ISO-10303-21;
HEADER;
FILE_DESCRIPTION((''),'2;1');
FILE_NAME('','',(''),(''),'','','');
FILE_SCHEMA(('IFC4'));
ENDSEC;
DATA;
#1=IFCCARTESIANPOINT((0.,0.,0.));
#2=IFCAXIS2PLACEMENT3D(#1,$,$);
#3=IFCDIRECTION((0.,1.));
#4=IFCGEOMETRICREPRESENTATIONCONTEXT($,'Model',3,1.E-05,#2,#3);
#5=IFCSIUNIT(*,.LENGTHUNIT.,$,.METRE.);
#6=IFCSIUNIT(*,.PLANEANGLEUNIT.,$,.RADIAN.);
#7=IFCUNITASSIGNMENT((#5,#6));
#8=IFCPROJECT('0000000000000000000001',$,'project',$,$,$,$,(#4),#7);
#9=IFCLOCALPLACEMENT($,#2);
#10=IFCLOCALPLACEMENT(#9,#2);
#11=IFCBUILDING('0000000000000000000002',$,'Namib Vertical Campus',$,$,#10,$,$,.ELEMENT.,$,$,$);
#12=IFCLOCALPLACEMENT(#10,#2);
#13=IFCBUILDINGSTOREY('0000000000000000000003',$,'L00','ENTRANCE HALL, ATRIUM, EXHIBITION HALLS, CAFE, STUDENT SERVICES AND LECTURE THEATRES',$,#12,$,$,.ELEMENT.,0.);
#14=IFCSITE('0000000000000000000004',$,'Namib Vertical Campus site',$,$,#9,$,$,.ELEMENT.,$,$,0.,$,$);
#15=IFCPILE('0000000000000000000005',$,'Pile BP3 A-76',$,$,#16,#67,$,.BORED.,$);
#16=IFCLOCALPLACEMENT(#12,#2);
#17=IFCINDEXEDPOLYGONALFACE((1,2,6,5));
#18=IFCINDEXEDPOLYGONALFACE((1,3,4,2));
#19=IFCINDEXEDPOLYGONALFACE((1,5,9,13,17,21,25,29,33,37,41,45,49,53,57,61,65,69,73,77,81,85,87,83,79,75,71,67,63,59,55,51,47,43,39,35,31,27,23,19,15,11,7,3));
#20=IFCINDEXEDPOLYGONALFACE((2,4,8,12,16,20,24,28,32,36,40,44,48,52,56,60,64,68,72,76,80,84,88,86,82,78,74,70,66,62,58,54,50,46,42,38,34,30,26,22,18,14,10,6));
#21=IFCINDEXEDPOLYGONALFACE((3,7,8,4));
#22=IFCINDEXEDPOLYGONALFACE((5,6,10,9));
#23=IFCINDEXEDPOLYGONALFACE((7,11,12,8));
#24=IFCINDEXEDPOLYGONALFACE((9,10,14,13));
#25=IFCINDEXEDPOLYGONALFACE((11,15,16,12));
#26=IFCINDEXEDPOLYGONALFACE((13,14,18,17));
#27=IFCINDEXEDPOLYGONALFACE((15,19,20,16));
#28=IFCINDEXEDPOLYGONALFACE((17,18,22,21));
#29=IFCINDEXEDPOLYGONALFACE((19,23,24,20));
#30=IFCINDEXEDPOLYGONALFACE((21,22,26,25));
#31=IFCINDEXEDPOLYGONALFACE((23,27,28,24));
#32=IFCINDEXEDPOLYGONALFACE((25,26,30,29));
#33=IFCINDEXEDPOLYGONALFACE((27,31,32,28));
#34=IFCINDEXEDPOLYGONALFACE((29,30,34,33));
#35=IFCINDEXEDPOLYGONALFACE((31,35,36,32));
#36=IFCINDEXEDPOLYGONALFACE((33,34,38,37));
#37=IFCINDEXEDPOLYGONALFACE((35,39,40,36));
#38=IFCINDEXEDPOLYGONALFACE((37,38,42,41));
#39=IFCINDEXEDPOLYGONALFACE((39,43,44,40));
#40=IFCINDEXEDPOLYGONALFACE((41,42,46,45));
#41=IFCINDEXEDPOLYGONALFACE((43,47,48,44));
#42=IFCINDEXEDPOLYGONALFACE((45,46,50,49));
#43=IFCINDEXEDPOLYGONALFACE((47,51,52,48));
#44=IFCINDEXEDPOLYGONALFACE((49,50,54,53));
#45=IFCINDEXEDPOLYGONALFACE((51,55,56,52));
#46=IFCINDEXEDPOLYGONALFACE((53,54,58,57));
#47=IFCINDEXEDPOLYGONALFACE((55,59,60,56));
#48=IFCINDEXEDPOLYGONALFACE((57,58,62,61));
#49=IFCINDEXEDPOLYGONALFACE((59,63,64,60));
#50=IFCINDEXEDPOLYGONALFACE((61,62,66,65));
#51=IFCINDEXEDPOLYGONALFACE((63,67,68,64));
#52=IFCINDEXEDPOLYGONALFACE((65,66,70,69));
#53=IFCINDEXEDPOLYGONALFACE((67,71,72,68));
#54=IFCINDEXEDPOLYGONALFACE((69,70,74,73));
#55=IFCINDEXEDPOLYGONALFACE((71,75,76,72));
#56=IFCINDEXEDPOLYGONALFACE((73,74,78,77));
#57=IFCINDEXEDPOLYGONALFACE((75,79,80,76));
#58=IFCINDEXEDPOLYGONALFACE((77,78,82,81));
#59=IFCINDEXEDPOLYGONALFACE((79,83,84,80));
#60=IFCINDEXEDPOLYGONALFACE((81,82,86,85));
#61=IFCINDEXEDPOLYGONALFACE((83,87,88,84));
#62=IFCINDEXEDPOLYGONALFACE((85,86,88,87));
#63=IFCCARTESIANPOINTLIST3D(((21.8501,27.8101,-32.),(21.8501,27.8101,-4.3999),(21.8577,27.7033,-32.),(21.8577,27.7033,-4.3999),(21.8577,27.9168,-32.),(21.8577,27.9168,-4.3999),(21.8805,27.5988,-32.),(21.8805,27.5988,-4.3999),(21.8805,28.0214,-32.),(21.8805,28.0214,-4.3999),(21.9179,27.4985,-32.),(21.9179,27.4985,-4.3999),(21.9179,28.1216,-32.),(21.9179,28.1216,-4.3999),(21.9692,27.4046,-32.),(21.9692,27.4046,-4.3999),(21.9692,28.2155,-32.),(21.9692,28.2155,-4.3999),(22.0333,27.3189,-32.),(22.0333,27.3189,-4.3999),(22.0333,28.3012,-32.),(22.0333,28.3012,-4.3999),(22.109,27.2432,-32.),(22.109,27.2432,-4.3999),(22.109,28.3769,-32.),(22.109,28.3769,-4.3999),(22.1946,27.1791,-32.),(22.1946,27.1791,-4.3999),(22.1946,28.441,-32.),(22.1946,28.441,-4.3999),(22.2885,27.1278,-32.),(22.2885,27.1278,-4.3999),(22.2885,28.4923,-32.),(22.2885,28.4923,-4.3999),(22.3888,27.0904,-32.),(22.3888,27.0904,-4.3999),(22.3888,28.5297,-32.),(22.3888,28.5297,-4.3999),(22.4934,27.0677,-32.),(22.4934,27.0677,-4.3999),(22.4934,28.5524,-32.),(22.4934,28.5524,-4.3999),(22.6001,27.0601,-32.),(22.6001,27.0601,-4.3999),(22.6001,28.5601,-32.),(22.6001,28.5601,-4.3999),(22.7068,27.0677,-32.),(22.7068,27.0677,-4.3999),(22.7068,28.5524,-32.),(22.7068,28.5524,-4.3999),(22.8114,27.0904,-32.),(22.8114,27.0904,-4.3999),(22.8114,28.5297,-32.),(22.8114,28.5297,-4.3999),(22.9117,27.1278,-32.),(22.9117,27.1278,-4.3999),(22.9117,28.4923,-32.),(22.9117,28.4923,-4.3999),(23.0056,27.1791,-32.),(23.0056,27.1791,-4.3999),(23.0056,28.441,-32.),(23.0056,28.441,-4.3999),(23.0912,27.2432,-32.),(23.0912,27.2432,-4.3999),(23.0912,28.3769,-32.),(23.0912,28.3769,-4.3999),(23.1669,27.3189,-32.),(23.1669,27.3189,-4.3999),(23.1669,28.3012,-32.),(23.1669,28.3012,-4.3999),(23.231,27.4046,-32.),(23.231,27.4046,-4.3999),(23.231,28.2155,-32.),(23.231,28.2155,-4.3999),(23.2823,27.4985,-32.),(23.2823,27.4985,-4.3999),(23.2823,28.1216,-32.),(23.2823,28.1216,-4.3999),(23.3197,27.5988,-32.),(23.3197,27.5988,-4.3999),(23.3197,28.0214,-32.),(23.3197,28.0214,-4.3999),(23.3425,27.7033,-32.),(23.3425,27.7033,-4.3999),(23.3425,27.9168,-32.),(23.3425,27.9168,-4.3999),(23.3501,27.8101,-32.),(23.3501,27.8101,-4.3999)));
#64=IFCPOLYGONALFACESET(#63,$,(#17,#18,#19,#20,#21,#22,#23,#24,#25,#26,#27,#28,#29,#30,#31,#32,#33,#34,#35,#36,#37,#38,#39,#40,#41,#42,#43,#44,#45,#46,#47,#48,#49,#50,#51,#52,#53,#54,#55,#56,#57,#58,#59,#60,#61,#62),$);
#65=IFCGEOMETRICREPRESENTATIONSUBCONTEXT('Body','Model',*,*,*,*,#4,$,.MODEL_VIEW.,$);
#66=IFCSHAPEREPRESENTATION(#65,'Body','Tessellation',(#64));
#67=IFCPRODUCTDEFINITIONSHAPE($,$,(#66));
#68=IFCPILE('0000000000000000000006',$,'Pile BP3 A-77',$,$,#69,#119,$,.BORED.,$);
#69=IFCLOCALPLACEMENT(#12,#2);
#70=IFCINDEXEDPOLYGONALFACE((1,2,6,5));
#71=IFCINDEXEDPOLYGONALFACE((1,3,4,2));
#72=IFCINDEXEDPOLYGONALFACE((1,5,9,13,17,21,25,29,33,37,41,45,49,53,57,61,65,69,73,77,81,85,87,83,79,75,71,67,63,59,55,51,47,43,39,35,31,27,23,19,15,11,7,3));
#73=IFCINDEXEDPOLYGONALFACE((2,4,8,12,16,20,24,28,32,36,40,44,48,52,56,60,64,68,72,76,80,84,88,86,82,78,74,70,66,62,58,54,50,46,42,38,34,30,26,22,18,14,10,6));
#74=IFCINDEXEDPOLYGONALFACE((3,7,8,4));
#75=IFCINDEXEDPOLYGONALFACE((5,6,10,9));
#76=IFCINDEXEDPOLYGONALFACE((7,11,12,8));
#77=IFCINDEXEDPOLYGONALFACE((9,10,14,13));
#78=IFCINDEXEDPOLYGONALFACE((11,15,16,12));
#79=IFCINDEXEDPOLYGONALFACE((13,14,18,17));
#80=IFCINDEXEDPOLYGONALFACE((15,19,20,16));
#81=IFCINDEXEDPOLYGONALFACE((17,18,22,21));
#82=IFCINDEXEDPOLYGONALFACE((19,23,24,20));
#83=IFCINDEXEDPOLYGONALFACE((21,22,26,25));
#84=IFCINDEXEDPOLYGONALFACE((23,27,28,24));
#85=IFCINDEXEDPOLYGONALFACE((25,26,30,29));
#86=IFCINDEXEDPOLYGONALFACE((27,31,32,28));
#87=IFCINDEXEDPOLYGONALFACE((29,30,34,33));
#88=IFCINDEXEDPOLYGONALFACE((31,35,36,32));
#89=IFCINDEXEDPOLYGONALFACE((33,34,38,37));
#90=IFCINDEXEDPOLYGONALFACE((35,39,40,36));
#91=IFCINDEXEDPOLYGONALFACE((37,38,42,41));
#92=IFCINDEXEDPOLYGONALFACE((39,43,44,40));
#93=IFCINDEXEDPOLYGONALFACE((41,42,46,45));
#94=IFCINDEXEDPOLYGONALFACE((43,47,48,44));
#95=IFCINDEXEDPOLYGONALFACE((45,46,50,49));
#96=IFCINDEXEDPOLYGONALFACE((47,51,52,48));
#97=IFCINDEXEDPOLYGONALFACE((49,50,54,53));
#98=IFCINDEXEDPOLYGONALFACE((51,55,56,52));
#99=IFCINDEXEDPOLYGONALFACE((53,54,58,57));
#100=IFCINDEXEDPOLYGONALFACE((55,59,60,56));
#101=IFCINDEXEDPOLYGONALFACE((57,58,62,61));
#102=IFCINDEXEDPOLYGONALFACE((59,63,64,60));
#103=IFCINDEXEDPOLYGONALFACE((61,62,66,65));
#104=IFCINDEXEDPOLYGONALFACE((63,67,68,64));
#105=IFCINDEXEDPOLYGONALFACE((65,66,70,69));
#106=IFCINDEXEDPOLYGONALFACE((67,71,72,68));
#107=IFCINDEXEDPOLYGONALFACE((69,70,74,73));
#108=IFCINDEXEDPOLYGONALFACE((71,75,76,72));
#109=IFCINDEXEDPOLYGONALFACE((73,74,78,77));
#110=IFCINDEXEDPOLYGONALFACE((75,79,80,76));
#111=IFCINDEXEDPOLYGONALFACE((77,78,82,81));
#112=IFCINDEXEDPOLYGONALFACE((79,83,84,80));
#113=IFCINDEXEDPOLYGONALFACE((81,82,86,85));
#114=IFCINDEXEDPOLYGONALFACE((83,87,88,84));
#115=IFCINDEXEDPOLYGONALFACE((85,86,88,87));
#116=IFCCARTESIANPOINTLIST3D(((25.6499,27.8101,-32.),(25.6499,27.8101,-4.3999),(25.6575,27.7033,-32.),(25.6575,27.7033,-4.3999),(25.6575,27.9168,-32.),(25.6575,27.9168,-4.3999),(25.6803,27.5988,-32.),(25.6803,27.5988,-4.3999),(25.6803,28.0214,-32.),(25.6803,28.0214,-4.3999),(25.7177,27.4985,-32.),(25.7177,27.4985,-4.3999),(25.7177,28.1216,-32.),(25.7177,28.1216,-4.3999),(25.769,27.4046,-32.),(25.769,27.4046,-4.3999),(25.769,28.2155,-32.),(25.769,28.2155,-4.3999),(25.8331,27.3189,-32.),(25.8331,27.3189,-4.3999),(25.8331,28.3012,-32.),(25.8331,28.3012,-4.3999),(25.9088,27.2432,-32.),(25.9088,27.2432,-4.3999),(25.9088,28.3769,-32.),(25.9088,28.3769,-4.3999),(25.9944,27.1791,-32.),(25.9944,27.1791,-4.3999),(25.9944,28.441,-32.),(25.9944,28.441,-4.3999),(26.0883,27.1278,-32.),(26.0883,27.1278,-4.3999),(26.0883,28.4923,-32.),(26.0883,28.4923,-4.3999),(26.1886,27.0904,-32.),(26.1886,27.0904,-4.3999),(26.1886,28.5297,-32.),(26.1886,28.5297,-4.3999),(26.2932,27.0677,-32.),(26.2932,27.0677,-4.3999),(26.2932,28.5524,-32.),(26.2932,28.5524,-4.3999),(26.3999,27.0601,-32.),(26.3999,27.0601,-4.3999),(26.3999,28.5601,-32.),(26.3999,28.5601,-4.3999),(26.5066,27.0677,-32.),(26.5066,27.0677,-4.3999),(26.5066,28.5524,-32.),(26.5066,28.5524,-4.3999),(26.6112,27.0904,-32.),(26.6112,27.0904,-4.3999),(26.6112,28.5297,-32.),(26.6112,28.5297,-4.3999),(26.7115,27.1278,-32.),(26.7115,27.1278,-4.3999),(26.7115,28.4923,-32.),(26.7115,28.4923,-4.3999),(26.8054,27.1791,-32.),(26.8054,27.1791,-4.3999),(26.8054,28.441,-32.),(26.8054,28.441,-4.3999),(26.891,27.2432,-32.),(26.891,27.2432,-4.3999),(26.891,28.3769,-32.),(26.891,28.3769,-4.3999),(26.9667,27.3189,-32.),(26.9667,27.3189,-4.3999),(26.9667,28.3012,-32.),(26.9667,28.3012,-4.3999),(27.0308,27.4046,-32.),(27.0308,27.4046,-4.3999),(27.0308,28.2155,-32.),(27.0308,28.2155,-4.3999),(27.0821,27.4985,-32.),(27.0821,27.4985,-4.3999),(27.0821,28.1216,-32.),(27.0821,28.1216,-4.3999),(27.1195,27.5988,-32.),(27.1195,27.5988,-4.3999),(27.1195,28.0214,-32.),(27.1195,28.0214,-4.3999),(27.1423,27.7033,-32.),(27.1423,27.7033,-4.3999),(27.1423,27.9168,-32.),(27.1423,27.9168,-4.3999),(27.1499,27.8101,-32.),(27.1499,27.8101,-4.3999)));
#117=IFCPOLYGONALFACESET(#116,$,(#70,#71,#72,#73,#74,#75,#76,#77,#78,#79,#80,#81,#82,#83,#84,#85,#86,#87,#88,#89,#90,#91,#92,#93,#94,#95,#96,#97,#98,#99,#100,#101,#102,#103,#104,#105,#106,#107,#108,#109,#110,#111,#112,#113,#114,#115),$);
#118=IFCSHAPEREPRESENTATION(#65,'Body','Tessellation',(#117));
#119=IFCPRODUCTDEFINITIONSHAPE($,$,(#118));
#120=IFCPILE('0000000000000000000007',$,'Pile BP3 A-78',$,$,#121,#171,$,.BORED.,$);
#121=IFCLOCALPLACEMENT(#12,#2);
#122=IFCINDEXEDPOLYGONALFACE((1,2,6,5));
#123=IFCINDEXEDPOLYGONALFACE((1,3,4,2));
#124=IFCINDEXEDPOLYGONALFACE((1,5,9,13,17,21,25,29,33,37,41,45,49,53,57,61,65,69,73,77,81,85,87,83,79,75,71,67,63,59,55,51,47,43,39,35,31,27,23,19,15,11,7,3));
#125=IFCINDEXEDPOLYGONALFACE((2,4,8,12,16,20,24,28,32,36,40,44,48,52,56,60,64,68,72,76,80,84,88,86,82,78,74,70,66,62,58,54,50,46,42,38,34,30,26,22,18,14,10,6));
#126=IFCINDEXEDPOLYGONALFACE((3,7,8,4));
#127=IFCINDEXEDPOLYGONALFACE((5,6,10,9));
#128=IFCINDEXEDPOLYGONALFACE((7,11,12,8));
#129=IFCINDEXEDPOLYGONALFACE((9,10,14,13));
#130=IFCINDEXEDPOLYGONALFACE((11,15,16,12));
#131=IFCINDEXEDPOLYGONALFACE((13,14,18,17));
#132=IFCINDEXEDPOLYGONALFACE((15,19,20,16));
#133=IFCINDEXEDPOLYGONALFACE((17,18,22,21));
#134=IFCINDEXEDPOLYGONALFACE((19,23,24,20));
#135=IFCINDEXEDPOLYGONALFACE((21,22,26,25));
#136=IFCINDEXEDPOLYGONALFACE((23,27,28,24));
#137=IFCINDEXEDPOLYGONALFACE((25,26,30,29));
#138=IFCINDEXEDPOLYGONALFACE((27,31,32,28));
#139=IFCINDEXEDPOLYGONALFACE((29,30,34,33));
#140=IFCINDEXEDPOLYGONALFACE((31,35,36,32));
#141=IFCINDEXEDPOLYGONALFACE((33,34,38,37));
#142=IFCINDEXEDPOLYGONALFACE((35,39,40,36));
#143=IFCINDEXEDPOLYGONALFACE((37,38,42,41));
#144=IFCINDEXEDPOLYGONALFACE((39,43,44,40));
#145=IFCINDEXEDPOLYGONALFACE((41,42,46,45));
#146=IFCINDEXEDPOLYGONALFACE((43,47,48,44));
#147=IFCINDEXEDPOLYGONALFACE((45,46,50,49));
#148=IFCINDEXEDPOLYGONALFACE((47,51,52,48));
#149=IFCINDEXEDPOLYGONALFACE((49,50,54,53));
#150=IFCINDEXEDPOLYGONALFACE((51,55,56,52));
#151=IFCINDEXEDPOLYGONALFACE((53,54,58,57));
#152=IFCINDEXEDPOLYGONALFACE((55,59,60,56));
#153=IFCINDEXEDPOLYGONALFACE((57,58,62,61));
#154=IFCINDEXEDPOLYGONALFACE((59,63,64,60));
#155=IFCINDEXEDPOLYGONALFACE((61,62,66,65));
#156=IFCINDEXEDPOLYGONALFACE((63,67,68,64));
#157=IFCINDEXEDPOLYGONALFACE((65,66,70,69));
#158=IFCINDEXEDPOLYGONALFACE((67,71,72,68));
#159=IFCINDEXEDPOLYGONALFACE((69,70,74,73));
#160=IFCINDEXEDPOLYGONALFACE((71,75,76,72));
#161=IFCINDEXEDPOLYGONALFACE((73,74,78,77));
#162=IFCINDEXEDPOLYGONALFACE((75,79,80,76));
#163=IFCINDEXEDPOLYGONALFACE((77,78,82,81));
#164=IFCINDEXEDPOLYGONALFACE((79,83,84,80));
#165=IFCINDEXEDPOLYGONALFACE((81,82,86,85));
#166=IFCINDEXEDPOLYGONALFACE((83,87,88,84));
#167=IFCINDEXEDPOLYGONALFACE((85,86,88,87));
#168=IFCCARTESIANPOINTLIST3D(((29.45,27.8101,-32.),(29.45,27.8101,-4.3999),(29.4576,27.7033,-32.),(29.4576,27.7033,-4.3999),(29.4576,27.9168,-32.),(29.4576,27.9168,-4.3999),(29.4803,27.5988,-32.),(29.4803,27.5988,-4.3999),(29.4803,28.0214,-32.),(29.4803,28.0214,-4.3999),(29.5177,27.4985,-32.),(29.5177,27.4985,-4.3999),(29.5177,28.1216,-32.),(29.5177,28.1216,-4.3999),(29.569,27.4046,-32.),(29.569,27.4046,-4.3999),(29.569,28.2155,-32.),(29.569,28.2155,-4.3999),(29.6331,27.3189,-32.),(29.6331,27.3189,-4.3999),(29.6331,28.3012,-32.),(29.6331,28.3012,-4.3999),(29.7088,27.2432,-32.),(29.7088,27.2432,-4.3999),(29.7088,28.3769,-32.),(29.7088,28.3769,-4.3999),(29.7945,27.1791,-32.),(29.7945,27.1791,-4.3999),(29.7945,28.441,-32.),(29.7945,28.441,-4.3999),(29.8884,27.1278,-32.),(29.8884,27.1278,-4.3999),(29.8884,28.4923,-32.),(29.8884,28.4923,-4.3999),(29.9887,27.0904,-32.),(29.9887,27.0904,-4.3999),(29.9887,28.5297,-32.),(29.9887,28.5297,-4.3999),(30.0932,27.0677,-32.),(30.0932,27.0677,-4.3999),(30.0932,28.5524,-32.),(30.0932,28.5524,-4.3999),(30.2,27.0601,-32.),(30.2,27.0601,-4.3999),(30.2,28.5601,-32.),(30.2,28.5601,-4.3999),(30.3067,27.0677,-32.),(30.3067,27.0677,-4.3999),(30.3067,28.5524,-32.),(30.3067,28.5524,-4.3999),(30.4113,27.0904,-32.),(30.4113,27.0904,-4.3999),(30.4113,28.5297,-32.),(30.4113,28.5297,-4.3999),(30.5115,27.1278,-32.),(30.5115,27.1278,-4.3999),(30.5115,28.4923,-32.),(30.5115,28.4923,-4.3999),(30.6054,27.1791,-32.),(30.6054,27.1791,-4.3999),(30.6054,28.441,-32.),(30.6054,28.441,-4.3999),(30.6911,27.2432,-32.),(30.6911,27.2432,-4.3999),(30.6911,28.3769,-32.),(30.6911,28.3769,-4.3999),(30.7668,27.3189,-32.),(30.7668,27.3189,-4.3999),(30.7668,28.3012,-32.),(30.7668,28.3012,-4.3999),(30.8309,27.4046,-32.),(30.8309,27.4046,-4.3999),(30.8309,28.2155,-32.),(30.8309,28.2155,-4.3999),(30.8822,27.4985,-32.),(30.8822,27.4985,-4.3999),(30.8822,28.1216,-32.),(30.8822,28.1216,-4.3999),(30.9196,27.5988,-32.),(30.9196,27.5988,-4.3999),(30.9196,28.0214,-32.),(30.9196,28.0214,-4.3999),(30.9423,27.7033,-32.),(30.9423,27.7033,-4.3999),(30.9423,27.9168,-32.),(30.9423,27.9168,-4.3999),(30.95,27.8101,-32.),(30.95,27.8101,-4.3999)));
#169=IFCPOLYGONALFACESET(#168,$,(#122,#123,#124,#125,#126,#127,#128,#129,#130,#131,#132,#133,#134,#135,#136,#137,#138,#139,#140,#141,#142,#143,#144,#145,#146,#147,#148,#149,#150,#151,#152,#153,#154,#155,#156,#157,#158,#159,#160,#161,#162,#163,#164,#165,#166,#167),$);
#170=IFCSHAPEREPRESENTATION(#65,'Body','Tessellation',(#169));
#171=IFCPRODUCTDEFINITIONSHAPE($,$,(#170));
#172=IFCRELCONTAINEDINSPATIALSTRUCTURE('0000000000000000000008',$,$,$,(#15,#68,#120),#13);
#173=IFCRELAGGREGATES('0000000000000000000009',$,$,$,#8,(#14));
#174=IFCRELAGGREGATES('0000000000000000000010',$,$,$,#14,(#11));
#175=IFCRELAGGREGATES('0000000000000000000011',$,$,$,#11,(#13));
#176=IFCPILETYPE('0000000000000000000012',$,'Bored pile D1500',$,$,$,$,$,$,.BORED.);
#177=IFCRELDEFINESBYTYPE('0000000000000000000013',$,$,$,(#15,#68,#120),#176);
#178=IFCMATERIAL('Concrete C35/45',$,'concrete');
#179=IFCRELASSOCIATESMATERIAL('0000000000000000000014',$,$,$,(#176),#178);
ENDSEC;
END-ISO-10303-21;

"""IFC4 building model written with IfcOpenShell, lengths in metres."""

from ifc_helpers import new_model, si_unit, direction, frame, origin, origin_2d, place, context, subcontext, project, spatial, circle, extrude, material, material_profile, profile_set, type_object, element, save


model = new_model("IFC4")

# Units and contexts
model_context = context("Model", 3, precision=1e-05, world=origin(), true_north=direction((0.0, 1.0)))
body_context = subcontext(model_context, "Body", "Model", "MODEL_VIEW")
ifc_project = project(units=[si_unit("LENGTHUNIT", "METRE"), si_unit("PLANEANGLEUNIT", "RADIAN")], contexts=[model_context])

# Site, building, storey
site_placement = place(None, origin())
site = spatial("IfcSite", under=ifc_project, at=site_placement, Name="Namib Vertical Campus site", CompositionType="ELEMENT", RefElevation=0.0)
building_placement = place(site_placement, origin())
building = spatial("IfcBuilding", under=site, at=building_placement, Name="Namib Vertical Campus", CompositionType="ELEMENT")
storey_placement = place(building_placement, origin())
storey = spatial("IfcBuildingStorey", under=building, at=storey_placement, Name="L00", Description="ENTRANCE HALL, ATRIUM, EXHIBITION HALLS, CAFE, STUDENT SERVICES AND LECTURE THEATRES", CompositionType="ELEMENT", Elevation=0.0)

# Piles
ifc_material_1 = material(Name="Concrete C35/45", Category="concrete")
ifc_material_profile_1 = material_profile(ifc_material_1, circle(Radius=0.75, at=origin_2d()))
ifc_profile_set_1 = profile_set([ifc_material_profile_1], Name="Concrete C35/45")
pile_type = type_object("IfcPileType", Name="Bored pile D1500", PredefinedType="BORED", material=ifc_profile_set_1)
for number, where, z_axis, x_axis, name in (
    (1, (22.6001, 27.8101, -4.3999), (0.0, 0.0, -1.0), (1.0, 0.0, 0.0), "Pile BP3 A-76"),
    (2, (26.3999, 27.8101, -4.3999), (0.0, 0.0, -1.0), (1.0, 0.0, 0.0), "Pile BP3 A-77"),
    (3, (30.2, 27.8101, -4.3999), (0.0, 0.0, -1.0), (1.0, 0.0, 0.0), "Pile BP3 A-78"),
):
    element("IfcPile", number, at=place(storey_placement, frame(where, z_axis=z_axis, x_axis=x_axis)), inside=storey, type_object=pile_type, Name=name, PredefinedType="BORED", context=body_context, shape_type="SweptSolid", body=[
        extrude(circle(Radius=0.75, at=origin_2d()), origin(), (0.0, 0.0, 1.0), 27.6001),
    ])

save(model, "model.ifc")
